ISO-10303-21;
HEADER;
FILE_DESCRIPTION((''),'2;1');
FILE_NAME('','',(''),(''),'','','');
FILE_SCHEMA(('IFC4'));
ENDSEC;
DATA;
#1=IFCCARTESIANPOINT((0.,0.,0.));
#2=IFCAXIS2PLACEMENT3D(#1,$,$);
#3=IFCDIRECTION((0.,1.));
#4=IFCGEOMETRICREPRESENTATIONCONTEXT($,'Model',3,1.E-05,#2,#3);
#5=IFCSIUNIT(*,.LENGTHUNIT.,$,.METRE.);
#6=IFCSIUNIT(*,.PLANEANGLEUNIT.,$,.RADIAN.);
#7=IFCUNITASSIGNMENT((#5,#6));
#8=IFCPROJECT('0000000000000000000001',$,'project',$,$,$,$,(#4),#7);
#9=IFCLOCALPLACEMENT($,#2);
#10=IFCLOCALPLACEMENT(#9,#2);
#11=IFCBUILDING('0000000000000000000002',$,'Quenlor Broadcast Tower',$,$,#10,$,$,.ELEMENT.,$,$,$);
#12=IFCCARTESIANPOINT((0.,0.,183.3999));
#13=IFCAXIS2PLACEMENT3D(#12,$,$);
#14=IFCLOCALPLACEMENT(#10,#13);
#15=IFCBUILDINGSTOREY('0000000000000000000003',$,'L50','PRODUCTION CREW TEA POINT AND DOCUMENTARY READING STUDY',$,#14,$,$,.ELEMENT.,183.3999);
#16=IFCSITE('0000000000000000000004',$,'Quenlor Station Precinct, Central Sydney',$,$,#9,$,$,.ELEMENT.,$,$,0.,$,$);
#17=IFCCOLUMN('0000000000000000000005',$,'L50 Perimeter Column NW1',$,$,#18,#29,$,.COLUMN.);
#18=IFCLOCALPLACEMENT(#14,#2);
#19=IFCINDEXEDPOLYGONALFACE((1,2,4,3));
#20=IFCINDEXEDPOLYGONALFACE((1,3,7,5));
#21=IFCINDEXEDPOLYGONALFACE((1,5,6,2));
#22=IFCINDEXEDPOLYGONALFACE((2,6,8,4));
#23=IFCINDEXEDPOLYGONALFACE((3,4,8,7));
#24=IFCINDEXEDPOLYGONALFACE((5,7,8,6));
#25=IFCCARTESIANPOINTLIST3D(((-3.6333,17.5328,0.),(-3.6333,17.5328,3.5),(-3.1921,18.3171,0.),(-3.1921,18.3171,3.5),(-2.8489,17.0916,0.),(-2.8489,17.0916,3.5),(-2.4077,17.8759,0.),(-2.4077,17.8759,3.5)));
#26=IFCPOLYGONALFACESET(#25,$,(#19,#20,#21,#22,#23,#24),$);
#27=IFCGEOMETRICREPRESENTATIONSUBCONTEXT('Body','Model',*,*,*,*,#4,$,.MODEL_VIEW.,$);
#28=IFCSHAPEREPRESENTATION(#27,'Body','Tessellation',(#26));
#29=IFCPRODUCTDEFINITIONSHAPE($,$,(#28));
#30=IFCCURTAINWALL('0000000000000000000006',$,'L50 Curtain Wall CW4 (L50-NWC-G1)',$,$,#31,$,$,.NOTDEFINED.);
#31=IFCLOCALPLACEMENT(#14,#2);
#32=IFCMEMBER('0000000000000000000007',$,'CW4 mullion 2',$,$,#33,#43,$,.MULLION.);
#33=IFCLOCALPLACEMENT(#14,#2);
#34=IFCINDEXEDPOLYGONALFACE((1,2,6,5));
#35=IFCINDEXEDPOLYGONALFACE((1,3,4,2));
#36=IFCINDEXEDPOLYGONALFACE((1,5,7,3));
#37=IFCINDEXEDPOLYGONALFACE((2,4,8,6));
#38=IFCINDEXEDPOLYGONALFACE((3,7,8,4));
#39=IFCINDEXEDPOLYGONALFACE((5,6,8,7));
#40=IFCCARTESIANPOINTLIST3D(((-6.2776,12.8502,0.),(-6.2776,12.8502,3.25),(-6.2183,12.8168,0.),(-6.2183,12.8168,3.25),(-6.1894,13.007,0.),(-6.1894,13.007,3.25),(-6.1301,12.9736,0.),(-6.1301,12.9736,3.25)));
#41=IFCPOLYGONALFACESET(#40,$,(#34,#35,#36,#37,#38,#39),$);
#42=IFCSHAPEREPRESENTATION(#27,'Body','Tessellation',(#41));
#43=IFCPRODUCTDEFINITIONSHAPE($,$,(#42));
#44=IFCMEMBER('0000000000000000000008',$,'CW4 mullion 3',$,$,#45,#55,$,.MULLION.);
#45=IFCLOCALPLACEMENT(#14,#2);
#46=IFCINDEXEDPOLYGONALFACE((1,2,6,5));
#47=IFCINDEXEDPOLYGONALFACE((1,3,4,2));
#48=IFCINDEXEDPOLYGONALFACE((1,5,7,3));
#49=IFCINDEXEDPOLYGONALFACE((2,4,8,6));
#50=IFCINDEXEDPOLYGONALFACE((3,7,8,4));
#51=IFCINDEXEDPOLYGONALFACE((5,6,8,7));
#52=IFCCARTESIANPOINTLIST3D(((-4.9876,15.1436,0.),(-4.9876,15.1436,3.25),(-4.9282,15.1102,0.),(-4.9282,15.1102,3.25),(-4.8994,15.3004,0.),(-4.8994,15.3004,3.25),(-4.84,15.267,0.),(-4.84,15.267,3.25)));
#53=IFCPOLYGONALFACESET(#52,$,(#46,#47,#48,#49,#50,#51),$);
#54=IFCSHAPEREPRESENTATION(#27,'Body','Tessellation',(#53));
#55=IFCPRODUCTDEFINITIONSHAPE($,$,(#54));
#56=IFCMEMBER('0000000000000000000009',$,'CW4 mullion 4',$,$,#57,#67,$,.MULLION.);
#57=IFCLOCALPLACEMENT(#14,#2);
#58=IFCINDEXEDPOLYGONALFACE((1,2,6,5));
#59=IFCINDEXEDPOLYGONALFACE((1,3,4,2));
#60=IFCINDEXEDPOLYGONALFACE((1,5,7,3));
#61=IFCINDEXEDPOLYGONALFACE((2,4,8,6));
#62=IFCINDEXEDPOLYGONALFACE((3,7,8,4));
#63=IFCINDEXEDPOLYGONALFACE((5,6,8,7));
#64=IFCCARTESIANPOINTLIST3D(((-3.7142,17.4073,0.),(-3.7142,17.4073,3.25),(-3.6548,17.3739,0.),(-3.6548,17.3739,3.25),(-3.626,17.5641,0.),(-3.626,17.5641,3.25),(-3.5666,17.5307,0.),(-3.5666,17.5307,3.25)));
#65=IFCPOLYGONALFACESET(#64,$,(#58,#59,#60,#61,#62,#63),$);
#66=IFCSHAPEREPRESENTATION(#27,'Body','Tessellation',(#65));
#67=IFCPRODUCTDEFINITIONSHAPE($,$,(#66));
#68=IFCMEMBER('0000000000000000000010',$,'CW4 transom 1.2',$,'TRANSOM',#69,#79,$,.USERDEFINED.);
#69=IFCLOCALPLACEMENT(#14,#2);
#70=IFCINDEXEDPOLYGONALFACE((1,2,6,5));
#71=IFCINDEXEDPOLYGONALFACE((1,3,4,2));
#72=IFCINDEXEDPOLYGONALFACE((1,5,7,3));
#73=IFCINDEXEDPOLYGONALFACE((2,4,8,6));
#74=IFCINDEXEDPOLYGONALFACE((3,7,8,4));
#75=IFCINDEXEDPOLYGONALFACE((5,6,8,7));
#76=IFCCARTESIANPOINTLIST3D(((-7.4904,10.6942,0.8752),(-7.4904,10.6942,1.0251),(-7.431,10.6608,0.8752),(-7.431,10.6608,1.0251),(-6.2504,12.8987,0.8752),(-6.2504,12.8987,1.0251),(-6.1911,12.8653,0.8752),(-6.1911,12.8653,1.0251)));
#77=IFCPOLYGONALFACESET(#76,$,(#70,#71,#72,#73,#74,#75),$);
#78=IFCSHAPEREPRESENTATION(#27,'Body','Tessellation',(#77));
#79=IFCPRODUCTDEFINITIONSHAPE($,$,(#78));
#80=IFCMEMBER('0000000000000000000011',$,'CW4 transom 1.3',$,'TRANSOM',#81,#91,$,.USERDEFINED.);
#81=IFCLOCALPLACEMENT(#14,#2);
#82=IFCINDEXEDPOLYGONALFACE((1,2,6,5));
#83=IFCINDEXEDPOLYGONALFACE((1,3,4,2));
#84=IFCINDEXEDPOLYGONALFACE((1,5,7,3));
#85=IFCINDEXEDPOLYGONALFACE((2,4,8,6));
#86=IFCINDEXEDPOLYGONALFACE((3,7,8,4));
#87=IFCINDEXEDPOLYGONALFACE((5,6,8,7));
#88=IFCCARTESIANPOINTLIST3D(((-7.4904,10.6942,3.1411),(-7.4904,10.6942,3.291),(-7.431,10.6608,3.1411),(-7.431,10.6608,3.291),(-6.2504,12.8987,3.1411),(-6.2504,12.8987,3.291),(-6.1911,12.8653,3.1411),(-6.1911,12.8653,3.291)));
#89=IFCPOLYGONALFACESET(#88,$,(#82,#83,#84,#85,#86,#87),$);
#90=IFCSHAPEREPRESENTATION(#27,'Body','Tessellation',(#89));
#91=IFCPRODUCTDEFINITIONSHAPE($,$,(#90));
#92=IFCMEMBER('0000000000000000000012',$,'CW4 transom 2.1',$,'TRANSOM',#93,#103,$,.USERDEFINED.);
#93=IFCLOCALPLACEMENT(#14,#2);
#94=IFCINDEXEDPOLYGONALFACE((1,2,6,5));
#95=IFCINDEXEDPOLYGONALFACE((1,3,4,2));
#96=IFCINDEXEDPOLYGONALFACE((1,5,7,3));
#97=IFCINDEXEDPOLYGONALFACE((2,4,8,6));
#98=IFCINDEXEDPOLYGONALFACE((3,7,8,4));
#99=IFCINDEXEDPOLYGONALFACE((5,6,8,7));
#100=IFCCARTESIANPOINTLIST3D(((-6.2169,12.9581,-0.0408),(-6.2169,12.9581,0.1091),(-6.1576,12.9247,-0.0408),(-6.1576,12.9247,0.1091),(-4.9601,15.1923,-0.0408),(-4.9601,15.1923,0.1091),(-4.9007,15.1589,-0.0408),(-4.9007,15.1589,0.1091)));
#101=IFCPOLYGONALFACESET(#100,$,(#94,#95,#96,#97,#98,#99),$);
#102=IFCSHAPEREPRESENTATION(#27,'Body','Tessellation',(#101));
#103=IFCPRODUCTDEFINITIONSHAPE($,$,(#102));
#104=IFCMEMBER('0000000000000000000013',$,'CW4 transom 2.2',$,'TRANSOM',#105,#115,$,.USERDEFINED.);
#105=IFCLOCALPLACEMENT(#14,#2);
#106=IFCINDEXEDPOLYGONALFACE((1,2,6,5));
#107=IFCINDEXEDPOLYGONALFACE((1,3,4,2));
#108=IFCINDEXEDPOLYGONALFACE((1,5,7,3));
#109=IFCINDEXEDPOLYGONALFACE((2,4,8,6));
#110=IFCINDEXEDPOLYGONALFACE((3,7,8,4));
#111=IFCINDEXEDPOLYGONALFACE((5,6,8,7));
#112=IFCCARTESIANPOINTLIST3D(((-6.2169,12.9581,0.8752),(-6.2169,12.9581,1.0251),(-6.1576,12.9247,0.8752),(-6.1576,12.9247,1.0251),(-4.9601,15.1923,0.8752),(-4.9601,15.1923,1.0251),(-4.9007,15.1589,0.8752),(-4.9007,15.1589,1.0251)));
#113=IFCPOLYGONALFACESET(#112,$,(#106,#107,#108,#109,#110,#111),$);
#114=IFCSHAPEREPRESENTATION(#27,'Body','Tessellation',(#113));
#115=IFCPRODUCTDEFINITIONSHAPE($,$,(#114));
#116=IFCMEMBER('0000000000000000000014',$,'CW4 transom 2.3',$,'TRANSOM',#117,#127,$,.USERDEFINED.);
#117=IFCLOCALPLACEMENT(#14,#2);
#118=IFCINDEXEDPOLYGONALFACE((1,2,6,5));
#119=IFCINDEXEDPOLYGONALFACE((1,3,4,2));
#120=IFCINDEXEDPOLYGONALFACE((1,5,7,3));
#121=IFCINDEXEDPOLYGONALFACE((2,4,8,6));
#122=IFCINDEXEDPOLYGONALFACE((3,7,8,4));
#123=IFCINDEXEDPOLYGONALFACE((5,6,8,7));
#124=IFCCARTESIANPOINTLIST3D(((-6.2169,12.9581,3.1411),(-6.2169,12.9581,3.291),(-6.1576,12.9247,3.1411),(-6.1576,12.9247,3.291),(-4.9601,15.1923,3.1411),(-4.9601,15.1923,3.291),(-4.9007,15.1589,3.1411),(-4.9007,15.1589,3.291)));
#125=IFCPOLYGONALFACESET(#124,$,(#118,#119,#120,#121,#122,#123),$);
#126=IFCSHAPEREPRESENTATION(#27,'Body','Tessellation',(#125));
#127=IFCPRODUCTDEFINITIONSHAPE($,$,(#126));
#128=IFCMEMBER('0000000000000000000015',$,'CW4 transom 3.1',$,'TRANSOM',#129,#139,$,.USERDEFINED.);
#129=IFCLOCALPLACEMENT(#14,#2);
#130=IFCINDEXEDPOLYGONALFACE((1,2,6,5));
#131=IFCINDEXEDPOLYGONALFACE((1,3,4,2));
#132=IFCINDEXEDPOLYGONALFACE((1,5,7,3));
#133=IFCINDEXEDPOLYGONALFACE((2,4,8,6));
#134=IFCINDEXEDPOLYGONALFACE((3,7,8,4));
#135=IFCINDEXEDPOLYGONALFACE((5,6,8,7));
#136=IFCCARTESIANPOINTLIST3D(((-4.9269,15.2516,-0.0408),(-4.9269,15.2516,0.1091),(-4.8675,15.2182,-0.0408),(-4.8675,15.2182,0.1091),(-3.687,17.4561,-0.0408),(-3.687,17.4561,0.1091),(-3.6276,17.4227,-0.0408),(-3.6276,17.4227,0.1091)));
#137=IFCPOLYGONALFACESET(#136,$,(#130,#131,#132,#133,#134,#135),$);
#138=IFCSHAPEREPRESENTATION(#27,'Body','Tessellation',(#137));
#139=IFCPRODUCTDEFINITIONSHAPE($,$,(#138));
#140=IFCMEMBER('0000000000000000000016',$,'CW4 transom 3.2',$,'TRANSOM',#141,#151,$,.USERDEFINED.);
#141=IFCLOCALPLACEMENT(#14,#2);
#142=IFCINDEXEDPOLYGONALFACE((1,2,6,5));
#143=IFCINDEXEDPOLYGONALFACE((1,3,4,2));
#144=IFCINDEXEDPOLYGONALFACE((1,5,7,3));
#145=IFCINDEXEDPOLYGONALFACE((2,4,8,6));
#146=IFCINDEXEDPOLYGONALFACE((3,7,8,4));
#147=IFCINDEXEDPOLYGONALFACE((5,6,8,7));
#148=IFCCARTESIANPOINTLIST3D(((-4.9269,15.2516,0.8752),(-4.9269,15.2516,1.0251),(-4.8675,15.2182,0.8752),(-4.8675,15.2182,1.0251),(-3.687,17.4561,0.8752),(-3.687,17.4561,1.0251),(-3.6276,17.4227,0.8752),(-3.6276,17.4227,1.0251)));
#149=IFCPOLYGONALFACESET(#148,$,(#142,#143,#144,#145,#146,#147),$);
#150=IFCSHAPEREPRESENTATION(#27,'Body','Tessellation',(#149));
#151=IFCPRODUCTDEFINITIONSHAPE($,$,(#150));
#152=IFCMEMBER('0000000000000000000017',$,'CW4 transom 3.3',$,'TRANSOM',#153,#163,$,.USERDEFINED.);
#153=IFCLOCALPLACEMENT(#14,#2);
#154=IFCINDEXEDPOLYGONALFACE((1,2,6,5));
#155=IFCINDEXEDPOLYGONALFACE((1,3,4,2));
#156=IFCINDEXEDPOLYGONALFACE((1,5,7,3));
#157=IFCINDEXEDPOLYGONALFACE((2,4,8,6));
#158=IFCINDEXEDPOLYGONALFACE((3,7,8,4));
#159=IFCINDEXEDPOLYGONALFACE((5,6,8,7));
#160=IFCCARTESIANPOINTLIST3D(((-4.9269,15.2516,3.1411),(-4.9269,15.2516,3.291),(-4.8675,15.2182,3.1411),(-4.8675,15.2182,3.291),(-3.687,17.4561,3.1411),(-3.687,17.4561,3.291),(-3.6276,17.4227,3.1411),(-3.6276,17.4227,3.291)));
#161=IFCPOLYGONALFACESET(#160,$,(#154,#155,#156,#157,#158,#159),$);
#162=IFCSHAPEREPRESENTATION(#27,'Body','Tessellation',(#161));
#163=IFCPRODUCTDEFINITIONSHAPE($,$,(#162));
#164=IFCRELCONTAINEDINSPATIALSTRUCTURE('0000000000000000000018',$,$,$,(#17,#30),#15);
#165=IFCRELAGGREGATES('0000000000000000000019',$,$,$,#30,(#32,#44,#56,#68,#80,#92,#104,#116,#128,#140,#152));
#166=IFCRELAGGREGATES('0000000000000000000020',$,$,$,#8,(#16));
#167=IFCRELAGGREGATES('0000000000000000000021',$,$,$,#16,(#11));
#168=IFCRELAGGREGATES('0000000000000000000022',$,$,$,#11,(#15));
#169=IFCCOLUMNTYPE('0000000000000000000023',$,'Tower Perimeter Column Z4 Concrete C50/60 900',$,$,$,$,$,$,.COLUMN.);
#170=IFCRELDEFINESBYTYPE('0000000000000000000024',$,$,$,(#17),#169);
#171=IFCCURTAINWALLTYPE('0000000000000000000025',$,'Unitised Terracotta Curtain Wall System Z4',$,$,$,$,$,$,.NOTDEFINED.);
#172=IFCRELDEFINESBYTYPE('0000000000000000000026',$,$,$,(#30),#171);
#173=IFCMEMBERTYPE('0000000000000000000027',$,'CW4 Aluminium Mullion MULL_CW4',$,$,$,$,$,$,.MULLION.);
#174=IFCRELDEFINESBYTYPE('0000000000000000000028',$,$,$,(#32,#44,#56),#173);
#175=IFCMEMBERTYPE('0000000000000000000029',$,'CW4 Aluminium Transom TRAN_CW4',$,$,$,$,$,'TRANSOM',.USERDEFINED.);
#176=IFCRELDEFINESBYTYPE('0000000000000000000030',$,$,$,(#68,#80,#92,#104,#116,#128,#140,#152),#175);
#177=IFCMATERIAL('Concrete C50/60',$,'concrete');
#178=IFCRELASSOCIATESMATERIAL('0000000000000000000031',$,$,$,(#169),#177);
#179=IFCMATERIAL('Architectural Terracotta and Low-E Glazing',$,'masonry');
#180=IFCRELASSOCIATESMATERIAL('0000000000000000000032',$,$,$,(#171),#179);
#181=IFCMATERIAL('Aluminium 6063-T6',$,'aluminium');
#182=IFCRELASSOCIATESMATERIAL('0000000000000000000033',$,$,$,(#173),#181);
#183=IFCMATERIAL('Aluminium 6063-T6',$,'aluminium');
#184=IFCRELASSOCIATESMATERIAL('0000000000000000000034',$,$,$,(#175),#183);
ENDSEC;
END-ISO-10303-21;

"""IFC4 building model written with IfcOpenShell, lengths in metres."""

from ifc_helpers import new_model, si_unit, direction, frame, origin, origin_2d, place, context, subcontext, project, spatial, rectangle, extrude, material, material_profile, profile_set, type_object, element, aggregate, save


model = new_model("IFC4")

# Units and contexts
model_context = context("Model", 3, precision=1e-05, world=origin(), true_north=direction((0.0, 1.0)))
body_context = subcontext(model_context, "Body", "Model", "MODEL_VIEW")
ifc_project = project(units=[si_unit("LENGTHUNIT", "METRE"), si_unit("PLANEANGLEUNIT", "RADIAN")], contexts=[model_context])

# Site, building, storey
site_placement = place(None, origin())
site = spatial("IfcSite", under=ifc_project, at=site_placement, Name="Quenlor Station Precinct, Central Sydney", CompositionType="ELEMENT", RefElevation=0.0)
building_placement = place(site_placement, origin())
building = spatial("IfcBuilding", under=site, at=building_placement, Name="Quenlor Broadcast Tower", CompositionType="ELEMENT")
storey_placement = place(building_placement, frame((0.0, 0.0, 183.3999)))
storey = spatial("IfcBuildingStorey", under=building, at=storey_placement, Name="L50", Description="PRODUCTION CREW TEA POINT AND DOCUMENTARY READING STUDY", CompositionType="ELEMENT", Elevation=183.3999)

# Column
ifc_material_1 = material(Name="Concrete C50/60", Category="concrete")
ifc_material_profile_1 = material_profile(ifc_material_1, rectangle(XDim=0.8999, YDim=0.8999, at=origin_2d()))
ifc_profile_set_1 = profile_set([ifc_material_profile_1], Name="Concrete C50/60 RC900x900")
column_type = type_object("IfcColumnType", Name="Tower Perimeter Column Z4 Concrete C50/60 900", PredefinedType="COLUMN", material=ifc_profile_set_1)
column_placement = place(storey_placement, frame((-3.0205, 17.7043, 0.0), z_axis=(0.0, 0.0, 1.0), x_axis=(-0.871575, 0.490262, 0.0)))
element("IfcColumn", 1, at=column_placement, inside=storey, type_object=column_type, Name="L50 Perimeter Column NW1", PredefinedType="COLUMN", context=body_context, shape_type="SweptSolid", body=[
    extrude(rectangle(XDim=0.8999, YDim=0.8999, at=origin_2d()), origin(), (0.0, 0.0, 1.0), 3.5),
])

# Curtain wall, members
ifc_material_2 = material(Name="Architectural Terracotta and Low-E Glazing", Category="masonry")
curtain_wall_type = type_object("IfcCurtainWallType", Name="Unitised Terracotta Curtain Wall System Z4", PredefinedType="NOTDEFINED", material=ifc_material_2)
curtain_wall_placement = place(storey_placement, origin())
curtain_wall = element("IfcCurtainWall", 2, at=curtain_wall_placement, inside=storey, type_object=curtain_wall_type, Name="L50 Curtain Wall CW4 (L50-NWC-G1)", PredefinedType="NOTDEFINED")
ifc_material_3 = material(Name="Aluminium 6063-T6", Category="aluminium")
ifc_material_profile_2 = material_profile(ifc_material_3, rectangle(XDim=0.0681, YDim=0.1799, at=origin_2d()))
ifc_profile_set_2 = profile_set([ifc_material_profile_2], Name="Aluminium 6063-T6 MULL68x180")
member_type_1 = type_object("IfcMemberType", Name="CW4 Aluminium Mullion MULL_CW4", PredefinedType="MULLION", material=ifc_profile_set_2)
member_1_placement = place(storey_placement, frame((-6.2039, 12.9119, 0.0), z_axis=(0.0, 0.0, 1.0), x_axis=(-0.871577, 0.490259, 0.0)))
member_1 = element("IfcMember", 3, at=member_1_placement, type_object=member_type_1, Name="CW4 mullion 2", PredefinedType="MULLION", context=body_context, shape_type="SweptSolid", body=[
    extrude(rectangle(XDim=0.0681, YDim=0.1799, at=origin_2d()), origin(), (0.0, 0.0, 1.0), 3.25),
])
member_2_placement = place(storey_placement, frame((-4.9138, 15.2053, 0.0), z_axis=(0.0, 0.0, 1.0), x_axis=(-0.871577, 0.490259, 0.0)))
member_2 = element("IfcMember", 4, at=member_2_placement, type_object=member_type_1, Name="CW4 mullion 3", PredefinedType="MULLION", context=body_context, shape_type="SweptSolid", body=[
    extrude(rectangle(XDim=0.0681, YDim=0.1799, at=origin_2d()), origin(), (0.0, 0.0, 1.0), 3.25),
])
member_3_placement = place(storey_placement, frame((-3.6404, 17.469, 0.0), z_axis=(0.0, 0.0, 1.0), x_axis=(-0.871577, 0.490259, 0.0)))
member_3 = element("IfcMember", 5, at=member_3_placement, type_object=member_type_1, Name="CW4 mullion 4", PredefinedType="MULLION", context=body_context, shape_type="SweptSolid", body=[
    extrude(rectangle(XDim=0.0681, YDim=0.1799, at=origin_2d()), origin(), (0.0, 0.0, 1.0), 3.25),
])
ifc_material_4 = material(Name="Aluminium 6063-T6", Category="aluminium")
ifc_material_profile_3 = material_profile(ifc_material_4, rectangle(XDim=0.0681, YDim=0.1499, at=origin_2d()))
ifc_profile_set_3 = profile_set([ifc_material_profile_3], Name="Aluminium 6063-T6 TRAN68x150")
member_type_2 = type_object("IfcMemberType", Name="CW4 Aluminium Transom TRAN_CW4", ElementType="TRANSOM", PredefinedType="USERDEFINED", material=ifc_profile_set_3)
member_4_placement = place(storey_placement, frame((-7.4607, 10.6775, 0.9502), z_axis=(0.490234, 0.871591, 0.0), x_axis=(-0.871591, 0.490234, 0.0)))
member_4 = element("IfcMember", 6, at=member_4_placement, type_object=member_type_2, Name="CW4 transom 1.2", ObjectType="TRANSOM", PredefinedType="USERDEFINED", context=body_context, shape_type="SweptSolid", body=[
    extrude(rectangle(XDim=0.0681, YDim=0.1499, at=origin_2d()), origin(), (0.0, 0.0, 1.0), 2.5293),
])
member_5_placement = place(storey_placement, frame((-7.4607, 10.6775, 3.2161), z_axis=(0.490234, 0.871591, 0.0), x_axis=(-0.871591, 0.490234, 0.0)))
member_5 = element("IfcMember", 7, at=member_5_placement, type_object=member_type_2, Name="CW4 transom 1.3", ObjectType="TRANSOM", PredefinedType="USERDEFINED", context=body_context, shape_type="SweptSolid", body=[
    extrude(rectangle(XDim=0.0681, YDim=0.1499, at=origin_2d()), origin(), (0.0, 0.0, 1.0), 2.5293),
])
member_6_placement = place(storey_placement, frame((-6.1873, 12.9414, 0.0342), z_axis=(0.490302, 0.871553, 0.0), x_axis=(-0.871553, 0.490302, 0.0)))
member_6 = element("IfcMember", 8, at=member_6_placement, type_object=member_type_2, Name="CW4 transom 2.1", ObjectType="TRANSOM", PredefinedType="USERDEFINED", context=body_context, shape_type="SweptSolid", body=[
    extrude(rectangle(XDim=0.0681, YDim=0.1499, at=origin_2d()), origin(), (0.0, 0.0, 1.0), 2.5635),
])
member_7_placement = place(storey_placement, frame((-6.1873, 12.9414, 0.9502), z_axis=(0.490302, 0.871553, 0.0), x_axis=(-0.871553, 0.490302, 0.0)))
member_7 = element("IfcMember", 9, at=member_7_placement, type_object=member_type_2, Name="CW4 transom 2.2", ObjectType="TRANSOM", PredefinedType="USERDEFINED", context=body_context, shape_type="SweptSolid", body=[
    extrude(rectangle(XDim=0.0681, YDim=0.1499, at=origin_2d()), origin(), (0.0, 0.0, 1.0), 2.5635),
])
member_8_placement = place(storey_placement, frame((-6.1873, 12.9414, 3.2161), z_axis=(0.490302, 0.871553, 0.0), x_axis=(-0.871553, 0.490302, 0.0)))
member_8 = element("IfcMember", 10, at=member_8_placement, type_object=member_type_2, Name="CW4 transom 2.3", ObjectType="TRANSOM", PredefinedType="USERDEFINED", context=body_context, shape_type="SweptSolid", body=[
    extrude(rectangle(XDim=0.0681, YDim=0.1499, at=origin_2d()), origin(), (0.0, 0.0, 1.0), 2.5635),
])
member_9_placement = place(storey_placement, frame((-4.8972, 15.2349, 0.0342), z_axis=(0.490234, 0.871591, 0.0), x_axis=(-0.871591, 0.490234, 0.0)))
member_9 = element("IfcMember", 11, at=member_9_placement, type_object=member_type_2, Name="CW4 transom 3.1", ObjectType="TRANSOM", PredefinedType="USERDEFINED", context=body_context, shape_type="SweptSolid", body=[
    extrude(rectangle(XDim=0.0681, YDim=0.1499, at=origin_2d()), origin(), (0.0, 0.0, 1.0), 2.5293),
])
member_10_placement = place(storey_placement, frame((-4.8972, 15.2349, 0.9502), z_axis=(0.490234, 0.871591, 0.0), x_axis=(-0.871591, 0.490234, 0.0)))
member_10 = element("IfcMember", 12, at=member_10_placement, type_object=member_type_2, Name="CW4 transom 3.2", ObjectType="TRANSOM", PredefinedType="USERDEFINED", context=body_context, shape_type="SweptSolid", body=[
    extrude(rectangle(XDim=0.0681, YDim=0.1499, at=origin_2d()), origin(), (0.0, 0.0, 1.0), 2.5293),
])
member_11_placement = place(storey_placement, frame((-4.8972, 15.2349, 3.2161), z_axis=(0.490234, 0.871591, 0.0), x_axis=(-0.871591, 0.490234, 0.0)))
member_11 = element("IfcMember", 13, at=member_11_placement, type_object=member_type_2, Name="CW4 transom 3.3", ObjectType="TRANSOM", PredefinedType="USERDEFINED", context=body_context, shape_type="SweptSolid", body=[
    extrude(rectangle(XDim=0.0681, YDim=0.1499, at=origin_2d()), origin(), (0.0, 0.0, 1.0), 2.5293),
])

aggregate(curtain_wall, [member_1, member_2, member_3, member_4, member_5, member_6, member_7, member_8, member_9, member_10, member_11])

save(model, "model.ifc")
